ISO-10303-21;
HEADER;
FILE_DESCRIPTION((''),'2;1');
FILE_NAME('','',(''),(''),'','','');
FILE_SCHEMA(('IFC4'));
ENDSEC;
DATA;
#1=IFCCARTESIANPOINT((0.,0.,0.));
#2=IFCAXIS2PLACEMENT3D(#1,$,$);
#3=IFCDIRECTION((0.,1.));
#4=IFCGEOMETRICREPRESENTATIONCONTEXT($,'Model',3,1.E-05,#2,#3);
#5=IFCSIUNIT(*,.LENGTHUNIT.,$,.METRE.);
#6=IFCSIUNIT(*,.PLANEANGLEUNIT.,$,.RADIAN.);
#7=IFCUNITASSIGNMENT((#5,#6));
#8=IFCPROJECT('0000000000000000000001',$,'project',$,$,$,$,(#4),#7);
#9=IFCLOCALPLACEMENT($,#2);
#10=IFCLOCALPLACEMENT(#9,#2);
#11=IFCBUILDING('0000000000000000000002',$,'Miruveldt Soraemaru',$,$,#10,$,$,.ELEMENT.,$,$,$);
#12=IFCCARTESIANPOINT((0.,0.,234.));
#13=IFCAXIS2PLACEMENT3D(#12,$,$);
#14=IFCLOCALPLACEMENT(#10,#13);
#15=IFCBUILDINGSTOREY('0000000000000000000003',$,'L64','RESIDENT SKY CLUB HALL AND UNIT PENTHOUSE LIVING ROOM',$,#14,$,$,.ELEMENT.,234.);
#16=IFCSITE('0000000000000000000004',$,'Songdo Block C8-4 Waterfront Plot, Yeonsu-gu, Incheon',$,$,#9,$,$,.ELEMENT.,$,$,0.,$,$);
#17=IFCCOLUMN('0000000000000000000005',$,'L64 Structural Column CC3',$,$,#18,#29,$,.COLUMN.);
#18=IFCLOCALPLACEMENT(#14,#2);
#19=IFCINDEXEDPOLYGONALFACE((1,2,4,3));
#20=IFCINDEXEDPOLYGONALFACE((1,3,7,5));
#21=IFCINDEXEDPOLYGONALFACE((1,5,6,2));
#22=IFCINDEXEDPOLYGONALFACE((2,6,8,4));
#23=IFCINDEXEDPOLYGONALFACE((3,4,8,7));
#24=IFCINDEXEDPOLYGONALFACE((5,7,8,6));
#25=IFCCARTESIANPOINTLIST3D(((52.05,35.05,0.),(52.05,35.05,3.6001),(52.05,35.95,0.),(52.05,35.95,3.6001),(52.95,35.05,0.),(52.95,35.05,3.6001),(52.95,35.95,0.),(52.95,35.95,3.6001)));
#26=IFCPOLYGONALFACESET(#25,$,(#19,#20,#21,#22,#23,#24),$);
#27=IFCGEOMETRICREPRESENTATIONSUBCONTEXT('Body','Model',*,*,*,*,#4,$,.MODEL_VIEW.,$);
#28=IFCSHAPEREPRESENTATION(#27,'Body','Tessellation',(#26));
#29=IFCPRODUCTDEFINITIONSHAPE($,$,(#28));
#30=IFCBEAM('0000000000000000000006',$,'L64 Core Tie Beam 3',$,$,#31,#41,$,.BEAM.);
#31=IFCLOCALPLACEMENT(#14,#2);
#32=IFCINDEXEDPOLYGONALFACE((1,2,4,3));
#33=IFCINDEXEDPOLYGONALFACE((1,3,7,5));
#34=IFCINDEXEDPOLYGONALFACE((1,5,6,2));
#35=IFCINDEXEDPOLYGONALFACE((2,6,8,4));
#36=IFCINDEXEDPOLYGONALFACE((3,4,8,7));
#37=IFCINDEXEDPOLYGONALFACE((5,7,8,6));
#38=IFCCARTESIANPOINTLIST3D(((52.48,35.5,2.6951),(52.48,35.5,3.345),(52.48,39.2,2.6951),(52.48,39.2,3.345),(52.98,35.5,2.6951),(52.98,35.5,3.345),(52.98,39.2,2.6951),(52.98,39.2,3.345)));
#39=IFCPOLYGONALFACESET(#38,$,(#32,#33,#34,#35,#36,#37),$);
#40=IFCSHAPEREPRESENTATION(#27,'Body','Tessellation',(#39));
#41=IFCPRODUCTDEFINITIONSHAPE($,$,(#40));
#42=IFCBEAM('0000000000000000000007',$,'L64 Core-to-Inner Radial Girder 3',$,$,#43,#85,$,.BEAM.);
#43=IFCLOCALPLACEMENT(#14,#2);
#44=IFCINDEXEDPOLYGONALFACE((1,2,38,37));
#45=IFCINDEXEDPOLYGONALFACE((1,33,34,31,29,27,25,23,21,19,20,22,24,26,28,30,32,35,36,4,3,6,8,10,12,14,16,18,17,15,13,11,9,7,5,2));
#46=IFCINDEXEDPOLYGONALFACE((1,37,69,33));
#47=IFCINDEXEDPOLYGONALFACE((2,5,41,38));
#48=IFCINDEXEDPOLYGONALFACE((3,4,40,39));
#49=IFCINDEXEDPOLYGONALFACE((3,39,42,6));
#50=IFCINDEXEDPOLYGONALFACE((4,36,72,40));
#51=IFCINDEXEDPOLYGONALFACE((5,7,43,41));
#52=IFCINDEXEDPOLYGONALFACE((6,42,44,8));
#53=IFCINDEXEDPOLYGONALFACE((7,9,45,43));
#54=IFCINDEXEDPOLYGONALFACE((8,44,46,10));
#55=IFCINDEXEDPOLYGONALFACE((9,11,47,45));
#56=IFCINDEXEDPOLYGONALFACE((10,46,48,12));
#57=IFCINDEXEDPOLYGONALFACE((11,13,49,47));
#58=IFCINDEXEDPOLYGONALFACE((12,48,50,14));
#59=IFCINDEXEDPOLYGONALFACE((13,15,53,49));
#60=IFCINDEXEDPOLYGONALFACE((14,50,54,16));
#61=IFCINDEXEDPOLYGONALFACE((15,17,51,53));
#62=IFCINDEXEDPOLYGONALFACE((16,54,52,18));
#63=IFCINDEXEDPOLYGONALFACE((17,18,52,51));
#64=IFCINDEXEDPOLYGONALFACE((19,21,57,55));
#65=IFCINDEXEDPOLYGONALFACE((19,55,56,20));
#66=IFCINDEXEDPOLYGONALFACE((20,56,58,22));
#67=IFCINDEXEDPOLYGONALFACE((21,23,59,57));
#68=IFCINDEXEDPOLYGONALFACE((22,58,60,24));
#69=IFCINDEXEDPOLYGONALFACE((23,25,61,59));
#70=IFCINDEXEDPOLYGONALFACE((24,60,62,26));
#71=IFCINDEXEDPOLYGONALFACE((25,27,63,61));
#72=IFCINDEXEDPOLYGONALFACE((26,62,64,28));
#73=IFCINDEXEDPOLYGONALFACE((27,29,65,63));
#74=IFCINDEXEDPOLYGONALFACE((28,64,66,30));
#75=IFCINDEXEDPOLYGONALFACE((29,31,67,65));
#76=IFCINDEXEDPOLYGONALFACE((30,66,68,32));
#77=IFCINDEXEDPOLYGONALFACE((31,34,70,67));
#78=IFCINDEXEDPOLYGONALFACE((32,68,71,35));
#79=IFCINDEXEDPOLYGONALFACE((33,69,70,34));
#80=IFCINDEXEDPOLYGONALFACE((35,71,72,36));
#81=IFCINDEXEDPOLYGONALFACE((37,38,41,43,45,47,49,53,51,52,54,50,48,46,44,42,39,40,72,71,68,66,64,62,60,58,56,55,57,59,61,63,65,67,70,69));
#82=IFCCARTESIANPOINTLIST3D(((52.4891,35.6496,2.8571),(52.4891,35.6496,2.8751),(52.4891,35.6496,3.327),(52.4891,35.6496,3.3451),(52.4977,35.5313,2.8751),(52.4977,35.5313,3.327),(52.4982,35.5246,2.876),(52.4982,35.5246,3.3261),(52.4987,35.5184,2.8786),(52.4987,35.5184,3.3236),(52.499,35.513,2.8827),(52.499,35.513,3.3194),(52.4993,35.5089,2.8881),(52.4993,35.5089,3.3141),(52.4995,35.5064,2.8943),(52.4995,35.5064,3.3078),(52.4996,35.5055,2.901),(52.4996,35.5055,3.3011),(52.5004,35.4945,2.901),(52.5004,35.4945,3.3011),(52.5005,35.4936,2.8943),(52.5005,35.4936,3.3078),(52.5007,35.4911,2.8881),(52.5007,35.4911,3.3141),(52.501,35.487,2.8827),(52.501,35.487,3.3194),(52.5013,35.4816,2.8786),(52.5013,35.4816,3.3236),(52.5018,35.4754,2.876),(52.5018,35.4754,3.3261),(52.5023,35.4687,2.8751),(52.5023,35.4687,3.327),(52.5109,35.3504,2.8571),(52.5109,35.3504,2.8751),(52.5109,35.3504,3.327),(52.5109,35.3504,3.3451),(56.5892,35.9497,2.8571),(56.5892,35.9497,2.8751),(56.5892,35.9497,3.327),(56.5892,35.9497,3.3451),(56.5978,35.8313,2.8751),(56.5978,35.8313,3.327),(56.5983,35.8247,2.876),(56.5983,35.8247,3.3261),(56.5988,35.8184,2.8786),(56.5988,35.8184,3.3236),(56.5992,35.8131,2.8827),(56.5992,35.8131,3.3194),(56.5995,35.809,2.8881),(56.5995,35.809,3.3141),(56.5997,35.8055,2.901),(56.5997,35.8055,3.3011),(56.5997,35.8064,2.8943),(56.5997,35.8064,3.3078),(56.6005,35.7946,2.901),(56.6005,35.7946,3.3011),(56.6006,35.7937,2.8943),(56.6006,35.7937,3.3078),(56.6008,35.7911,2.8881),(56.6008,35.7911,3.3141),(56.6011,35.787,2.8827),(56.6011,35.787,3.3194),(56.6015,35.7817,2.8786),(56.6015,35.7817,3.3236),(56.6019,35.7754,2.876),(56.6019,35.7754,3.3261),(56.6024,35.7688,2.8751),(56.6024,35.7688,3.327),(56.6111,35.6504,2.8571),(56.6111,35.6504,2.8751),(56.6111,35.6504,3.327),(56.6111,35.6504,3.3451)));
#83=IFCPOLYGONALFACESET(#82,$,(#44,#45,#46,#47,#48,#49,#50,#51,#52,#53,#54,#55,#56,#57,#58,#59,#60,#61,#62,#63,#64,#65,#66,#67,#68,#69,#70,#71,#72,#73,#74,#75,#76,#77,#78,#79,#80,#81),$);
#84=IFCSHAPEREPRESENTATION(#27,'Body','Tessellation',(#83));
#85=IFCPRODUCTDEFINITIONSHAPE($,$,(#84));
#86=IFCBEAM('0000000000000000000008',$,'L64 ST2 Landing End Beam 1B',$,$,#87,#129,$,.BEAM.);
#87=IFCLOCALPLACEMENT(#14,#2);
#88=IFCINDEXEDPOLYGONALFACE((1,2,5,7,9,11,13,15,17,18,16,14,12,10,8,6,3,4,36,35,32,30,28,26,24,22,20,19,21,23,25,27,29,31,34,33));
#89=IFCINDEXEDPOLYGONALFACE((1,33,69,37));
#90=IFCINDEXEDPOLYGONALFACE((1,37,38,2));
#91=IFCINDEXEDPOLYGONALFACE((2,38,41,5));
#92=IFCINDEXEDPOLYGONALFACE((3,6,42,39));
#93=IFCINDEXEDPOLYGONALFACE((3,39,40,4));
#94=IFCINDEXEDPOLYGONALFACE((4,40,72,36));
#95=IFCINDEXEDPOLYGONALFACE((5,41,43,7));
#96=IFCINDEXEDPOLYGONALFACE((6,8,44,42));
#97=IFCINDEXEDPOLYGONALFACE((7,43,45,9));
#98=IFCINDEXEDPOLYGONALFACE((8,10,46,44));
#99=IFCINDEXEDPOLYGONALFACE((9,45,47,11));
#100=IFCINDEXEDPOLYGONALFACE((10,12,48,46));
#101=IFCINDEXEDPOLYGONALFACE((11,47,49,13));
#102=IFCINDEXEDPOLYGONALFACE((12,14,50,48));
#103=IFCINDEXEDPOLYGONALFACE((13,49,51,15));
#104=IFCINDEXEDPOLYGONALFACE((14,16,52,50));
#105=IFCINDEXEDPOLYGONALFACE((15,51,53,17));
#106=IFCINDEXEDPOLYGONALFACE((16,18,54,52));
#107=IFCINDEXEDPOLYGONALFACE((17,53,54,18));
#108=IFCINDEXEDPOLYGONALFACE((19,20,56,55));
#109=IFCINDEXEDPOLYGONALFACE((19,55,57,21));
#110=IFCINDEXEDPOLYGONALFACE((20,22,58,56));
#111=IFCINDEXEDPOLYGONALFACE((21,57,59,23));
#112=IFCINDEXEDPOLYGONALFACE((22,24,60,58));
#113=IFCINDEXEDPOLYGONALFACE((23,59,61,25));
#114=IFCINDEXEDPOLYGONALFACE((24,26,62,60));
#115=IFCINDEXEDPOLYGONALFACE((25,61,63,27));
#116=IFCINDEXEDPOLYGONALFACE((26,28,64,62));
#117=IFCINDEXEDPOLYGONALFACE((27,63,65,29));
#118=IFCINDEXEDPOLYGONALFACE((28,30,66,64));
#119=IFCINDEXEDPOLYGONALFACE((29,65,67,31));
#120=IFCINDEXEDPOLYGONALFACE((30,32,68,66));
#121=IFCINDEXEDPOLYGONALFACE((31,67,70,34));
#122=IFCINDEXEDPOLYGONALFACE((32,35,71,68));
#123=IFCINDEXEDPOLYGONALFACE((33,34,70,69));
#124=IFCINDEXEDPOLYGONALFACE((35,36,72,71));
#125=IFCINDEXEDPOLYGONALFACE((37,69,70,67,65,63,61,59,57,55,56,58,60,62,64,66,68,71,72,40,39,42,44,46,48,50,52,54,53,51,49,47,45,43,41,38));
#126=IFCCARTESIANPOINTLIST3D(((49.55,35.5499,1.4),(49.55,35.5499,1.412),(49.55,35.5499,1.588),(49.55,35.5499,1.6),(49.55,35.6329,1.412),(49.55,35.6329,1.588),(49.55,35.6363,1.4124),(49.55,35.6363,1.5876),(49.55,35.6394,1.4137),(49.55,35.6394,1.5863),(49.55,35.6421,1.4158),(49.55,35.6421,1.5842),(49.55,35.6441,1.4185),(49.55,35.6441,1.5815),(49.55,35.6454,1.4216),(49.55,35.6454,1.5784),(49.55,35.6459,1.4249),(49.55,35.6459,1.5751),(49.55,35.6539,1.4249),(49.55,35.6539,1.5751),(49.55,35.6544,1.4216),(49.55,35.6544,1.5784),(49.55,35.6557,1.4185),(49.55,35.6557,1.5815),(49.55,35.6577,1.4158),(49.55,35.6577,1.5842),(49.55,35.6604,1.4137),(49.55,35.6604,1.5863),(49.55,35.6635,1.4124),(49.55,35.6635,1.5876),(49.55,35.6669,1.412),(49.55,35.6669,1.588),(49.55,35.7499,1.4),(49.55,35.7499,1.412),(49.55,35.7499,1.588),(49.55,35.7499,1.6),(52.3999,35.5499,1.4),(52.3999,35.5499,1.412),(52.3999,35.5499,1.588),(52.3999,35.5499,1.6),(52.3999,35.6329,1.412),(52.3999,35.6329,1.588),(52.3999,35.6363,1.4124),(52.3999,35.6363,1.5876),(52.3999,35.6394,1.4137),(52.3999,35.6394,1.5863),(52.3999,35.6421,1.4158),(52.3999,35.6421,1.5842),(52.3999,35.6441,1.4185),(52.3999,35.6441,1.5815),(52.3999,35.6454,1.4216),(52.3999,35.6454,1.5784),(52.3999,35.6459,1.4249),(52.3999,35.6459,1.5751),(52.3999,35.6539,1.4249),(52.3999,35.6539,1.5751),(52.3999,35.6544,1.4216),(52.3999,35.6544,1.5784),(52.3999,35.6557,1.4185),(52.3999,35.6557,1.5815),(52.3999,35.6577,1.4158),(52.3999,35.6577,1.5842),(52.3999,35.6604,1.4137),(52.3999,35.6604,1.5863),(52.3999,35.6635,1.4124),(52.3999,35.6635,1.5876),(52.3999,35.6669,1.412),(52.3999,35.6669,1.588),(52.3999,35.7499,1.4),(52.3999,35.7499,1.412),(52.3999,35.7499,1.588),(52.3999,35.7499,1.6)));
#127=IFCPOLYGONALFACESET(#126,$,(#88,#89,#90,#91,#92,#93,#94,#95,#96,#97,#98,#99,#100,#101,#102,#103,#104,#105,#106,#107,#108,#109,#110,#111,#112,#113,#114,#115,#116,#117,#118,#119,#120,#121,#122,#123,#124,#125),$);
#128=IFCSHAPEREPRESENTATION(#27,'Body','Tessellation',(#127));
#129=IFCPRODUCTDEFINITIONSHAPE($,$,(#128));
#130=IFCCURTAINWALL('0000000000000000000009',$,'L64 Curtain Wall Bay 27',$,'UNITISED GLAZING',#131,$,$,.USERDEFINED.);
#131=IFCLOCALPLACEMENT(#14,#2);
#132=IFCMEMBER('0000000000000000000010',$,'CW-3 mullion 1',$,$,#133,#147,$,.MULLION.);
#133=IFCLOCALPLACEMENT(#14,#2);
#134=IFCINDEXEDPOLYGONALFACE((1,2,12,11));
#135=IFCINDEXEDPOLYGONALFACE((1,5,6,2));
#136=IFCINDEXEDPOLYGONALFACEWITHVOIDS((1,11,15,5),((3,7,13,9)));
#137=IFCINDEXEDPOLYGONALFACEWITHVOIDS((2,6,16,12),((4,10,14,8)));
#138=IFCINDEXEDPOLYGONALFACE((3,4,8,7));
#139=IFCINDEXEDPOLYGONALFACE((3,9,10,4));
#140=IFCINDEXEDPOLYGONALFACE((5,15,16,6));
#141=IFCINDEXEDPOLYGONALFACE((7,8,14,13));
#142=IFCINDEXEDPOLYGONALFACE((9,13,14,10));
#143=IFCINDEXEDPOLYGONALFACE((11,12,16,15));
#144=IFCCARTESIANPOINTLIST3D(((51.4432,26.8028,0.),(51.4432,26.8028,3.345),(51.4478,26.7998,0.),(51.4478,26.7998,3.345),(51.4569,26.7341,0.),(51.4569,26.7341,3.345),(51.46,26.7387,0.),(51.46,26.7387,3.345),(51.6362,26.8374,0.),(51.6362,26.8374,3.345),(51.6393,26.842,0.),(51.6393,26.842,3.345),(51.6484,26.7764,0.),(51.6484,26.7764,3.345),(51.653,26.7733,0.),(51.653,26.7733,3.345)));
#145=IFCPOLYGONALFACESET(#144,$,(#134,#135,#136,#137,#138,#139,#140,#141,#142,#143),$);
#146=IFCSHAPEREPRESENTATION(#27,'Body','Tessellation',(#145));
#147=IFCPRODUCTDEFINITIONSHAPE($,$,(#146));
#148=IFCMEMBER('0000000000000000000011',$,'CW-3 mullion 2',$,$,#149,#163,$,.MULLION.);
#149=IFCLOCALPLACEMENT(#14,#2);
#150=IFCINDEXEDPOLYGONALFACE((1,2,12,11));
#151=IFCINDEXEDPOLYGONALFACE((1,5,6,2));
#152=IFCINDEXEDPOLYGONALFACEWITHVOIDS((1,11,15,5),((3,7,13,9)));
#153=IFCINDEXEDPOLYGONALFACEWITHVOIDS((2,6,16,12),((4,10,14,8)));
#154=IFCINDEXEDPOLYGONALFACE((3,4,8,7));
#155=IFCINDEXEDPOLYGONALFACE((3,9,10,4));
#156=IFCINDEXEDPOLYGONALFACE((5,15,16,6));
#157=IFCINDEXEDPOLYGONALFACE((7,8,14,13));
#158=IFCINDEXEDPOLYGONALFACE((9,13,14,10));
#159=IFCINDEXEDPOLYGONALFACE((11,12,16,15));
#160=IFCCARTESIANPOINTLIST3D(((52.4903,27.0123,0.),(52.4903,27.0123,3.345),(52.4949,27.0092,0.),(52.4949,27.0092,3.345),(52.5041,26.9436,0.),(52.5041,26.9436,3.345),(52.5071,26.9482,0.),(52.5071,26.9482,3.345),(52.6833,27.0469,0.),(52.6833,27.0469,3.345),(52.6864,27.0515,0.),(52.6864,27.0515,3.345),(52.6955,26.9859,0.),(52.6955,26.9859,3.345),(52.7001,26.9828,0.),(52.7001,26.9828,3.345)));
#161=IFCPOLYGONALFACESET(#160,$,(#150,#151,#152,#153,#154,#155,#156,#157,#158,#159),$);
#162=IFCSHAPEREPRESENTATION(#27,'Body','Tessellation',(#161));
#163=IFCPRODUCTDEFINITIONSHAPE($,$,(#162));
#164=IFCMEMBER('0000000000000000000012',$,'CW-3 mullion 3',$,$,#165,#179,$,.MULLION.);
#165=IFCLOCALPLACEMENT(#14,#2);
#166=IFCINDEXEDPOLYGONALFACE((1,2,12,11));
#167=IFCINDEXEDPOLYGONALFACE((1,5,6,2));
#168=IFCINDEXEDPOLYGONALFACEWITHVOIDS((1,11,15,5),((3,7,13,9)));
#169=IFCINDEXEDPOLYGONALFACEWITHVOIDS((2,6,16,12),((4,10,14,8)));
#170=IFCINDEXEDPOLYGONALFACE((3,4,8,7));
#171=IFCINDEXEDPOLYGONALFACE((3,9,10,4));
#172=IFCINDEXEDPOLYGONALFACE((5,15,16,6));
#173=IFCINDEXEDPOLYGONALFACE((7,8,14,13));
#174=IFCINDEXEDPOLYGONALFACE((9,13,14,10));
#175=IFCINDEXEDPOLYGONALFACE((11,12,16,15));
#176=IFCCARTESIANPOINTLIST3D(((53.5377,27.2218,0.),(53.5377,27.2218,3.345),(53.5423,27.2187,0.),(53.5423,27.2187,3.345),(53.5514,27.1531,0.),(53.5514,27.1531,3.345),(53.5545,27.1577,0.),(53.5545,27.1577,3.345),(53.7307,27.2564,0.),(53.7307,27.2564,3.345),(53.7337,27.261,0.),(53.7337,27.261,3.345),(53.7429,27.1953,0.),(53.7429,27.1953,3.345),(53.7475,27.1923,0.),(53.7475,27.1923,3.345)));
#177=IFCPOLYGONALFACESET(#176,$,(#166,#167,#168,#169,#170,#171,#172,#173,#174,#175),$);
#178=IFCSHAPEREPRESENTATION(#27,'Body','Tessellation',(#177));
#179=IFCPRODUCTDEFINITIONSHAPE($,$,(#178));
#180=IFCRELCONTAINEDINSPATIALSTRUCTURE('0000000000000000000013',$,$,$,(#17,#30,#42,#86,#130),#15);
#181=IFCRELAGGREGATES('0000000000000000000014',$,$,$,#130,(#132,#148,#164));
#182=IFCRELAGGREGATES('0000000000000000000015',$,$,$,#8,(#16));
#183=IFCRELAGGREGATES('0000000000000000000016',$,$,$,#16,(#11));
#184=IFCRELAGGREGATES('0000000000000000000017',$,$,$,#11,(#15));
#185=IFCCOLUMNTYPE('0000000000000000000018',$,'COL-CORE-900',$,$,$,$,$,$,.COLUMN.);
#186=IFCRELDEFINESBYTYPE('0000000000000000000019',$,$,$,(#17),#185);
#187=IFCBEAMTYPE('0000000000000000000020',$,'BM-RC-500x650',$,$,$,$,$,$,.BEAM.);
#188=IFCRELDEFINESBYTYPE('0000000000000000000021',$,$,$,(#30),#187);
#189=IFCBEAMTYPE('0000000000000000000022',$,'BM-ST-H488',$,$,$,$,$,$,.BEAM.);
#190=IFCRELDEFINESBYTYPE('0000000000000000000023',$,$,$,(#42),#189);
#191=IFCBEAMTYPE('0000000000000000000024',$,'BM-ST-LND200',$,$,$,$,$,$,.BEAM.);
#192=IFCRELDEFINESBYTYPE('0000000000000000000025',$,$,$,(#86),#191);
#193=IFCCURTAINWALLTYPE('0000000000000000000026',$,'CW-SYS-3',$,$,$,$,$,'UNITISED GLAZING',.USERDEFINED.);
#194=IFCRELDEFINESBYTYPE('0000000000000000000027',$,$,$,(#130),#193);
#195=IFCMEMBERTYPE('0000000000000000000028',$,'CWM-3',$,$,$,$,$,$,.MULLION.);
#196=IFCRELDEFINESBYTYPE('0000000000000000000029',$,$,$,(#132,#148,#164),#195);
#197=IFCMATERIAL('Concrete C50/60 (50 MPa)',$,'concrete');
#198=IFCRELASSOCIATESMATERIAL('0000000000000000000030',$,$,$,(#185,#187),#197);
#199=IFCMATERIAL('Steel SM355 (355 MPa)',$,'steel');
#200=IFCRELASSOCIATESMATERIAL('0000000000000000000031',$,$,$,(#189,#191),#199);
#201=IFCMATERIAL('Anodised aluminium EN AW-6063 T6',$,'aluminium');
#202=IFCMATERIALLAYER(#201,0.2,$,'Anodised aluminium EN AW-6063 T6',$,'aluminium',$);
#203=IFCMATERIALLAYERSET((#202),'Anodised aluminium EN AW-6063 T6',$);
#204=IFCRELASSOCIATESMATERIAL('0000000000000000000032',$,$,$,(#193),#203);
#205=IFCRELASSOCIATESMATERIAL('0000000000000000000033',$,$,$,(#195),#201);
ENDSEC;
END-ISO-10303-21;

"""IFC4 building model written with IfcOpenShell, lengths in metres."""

from ifc_helpers import new_model, si_unit, direction, frame, origin, origin_2d, place, context, subcontext, project, spatial, rectangle, hollow_rectangle, i_section, extrude, material, layer, layer_set, material_profile, profile_set, type_object, element, aggregate, save


model = new_model("IFC4")

# Units and contexts
model_context = context("Model", 3, precision=1e-05, world=origin(), true_north=direction((0.0, 1.0)))
body_context = subcontext(model_context, "Body", "Model", "MODEL_VIEW")
ifc_project = project(units=[si_unit("LENGTHUNIT", "METRE"), si_unit("PLANEANGLEUNIT", "RADIAN")], contexts=[model_context])

# Site, building, storey
site_placement = place(None, origin())
site = spatial("IfcSite", under=ifc_project, at=site_placement, Name="Songdo Block C8-4 Waterfront Plot, Yeonsu-gu, Incheon", CompositionType="ELEMENT", RefElevation=0.0)
building_placement = place(site_placement, origin())
building = spatial("IfcBuilding", under=site, at=building_placement, Name="Miruveldt Soraemaru", CompositionType="ELEMENT")
storey_placement = place(building_placement, frame((0.0, 0.0, 234.0)))
storey = spatial("IfcBuildingStorey", under=building, at=storey_placement, Name="L64", Description="RESIDENT SKY CLUB HALL AND UNIT PENTHOUSE LIVING ROOM", CompositionType="ELEMENT", Elevation=234.0)

# Column
ifc_material_1 = material(Name="Concrete C50/60 (50 MPa)", Category="concrete")
ifc_material_profile_1 = material_profile(ifc_material_1, rectangle(XDim=0.8999, YDim=0.8999, at=origin_2d()), Name="Concrete C50/60 (50 MPa)", Category="concrete")
ifc_profile_set_1 = profile_set([ifc_material_profile_1], Name="Concrete C50/60 (50 MPa)")
column_type = type_object("IfcColumnType", Name="COL-CORE-900", PredefinedType="COLUMN", material=ifc_profile_set_1)
column_placement = place(storey_placement, frame((52.5, 35.5, 0.0), z_axis=(0.0, 0.0, 1.0), x_axis=(1.0, 0.0, 0.0)))
element("IfcColumn", 1, at=column_placement, inside=storey, type_object=column_type, Name="L64 Structural Column CC3", PredefinedType="COLUMN", context=body_context, shape_type="SweptSolid", body=[
    extrude(rectangle(XDim=0.8999, YDim=0.8999, at=origin_2d()), origin(), (0.0, 0.0, 1.0), 3.6001),
])

# Beams
ifc_material_profile_2 = material_profile(ifc_material_1, rectangle(XDim=0.5, YDim=0.6499, at=origin_2d()), Name="Concrete C50/60 (50 MPa)", Category="concrete")
ifc_profile_set_2 = profile_set([ifc_material_profile_2], Name="Concrete C50/60 (50 MPa)")
beam_type_1 = type_object("IfcBeamType", Name="BM-RC-500x650", PredefinedType="BEAM", material=ifc_profile_set_2)
beam_1_placement = place(storey_placement, frame((52.73, 35.5, 3.02), z_axis=(0.0, 1.0, 0.0), x_axis=(-1.0, 0.0, 0.0)))
element("IfcBeam", 2, at=beam_1_placement, inside=storey, type_object=beam_type_1, Name="L64 Core Tie Beam 3", PredefinedType="BEAM", context=body_context, shape_type="SweptSolid", body=[
    extrude(rectangle(XDim=0.5, YDim=0.6499, at=origin_2d()), origin(), (0.0, 0.0, 1.0), 3.7),
])
ifc_material_2 = material(Name="Steel SM355 (355 MPa)", Category="steel")
ifc_material_profile_3 = material_profile(ifc_material_2, i_section(OverallWidth=0.3, OverallDepth=0.488, WebThickness=0.011, FlangeThickness=0.0181, FilletRadius=0.0259, at=origin_2d()), Name="Steel SM355 (355 MPa)", Category="steel")
ifc_profile_set_3 = profile_set([ifc_material_profile_3], Name="Steel SM355 (355 MPa)")
beam_type_2 = type_object("IfcBeamType", Name="BM-ST-H488", PredefinedType="BEAM", material=ifc_profile_set_3)
beam_2_placement = place(storey_placement, frame((52.5, 35.5, 3.1011), z_axis=(0.997333, 0.072986, 0.0), x_axis=(-0.072986, 0.997333, 0.0)))
element("IfcBeam", 3, at=beam_2_placement, inside=storey, type_object=beam_type_2, Name="L64 Core-to-Inner Radial Girder 3", PredefinedType="BEAM", context=body_context, shape_type="SweptSolid", body=[
    extrude(i_section(OverallWidth=0.3, OverallDepth=0.488, WebThickness=0.011, FlangeThickness=0.0181, FilletRadius=0.0259, at=origin_2d()), origin(), (0.0, 0.0, 1.0), 4.1111),
])
ifc_material_profile_4 = material_profile(ifc_material_2, i_section(OverallWidth=0.2, OverallDepth=0.2, WebThickness=0.0081, FlangeThickness=0.012, FilletRadius=0.0129, at=origin_2d()), Name="Steel SM355 (355 MPa)", Category="steel")
ifc_profile_set_4 = profile_set([ifc_material_profile_4], Name="Steel SM355 (355 MPa)")
beam_type_3 = type_object("IfcBeamType", Name="BM-ST-LND200", PredefinedType="BEAM", material=ifc_profile_set_4)
beam_3_placement = place(storey_placement, frame((49.55, 35.6499, 1.5), z_axis=(1.0, 0.0, 0.0), x_axis=(0.0, 1.0, 0.0)))
element("IfcBeam", 4, at=beam_3_placement, inside=storey, type_object=beam_type_3, Name="L64 ST2 Landing End Beam 1B", PredefinedType="BEAM", context=body_context, shape_type="SweptSolid", body=[
    extrude(i_section(OverallWidth=0.2, OverallDepth=0.2, WebThickness=0.0081, FlangeThickness=0.012, FilletRadius=0.0129, at=origin_2d()), origin(), (0.0, 0.0, 1.0), 2.8499),
])

# Curtain wall, members
ifc_material_3 = material(Name="Anodised aluminium EN AW-6063 T6", Category="aluminium")
ifc_layer_1 = layer(ifc_material_3, 0.2, Name="Anodised aluminium EN AW-6063 T6", Category="aluminium")
ifc_layer_set_1 = layer_set([ifc_layer_1], Name="Anodised aluminium EN AW-6063 T6")
curtain_wall_type = type_object("IfcCurtainWallType", Name="CW-SYS-3", ElementType="UNITISED GLAZING", PredefinedType="USERDEFINED", material=ifc_layer_set_1)
curtain_wall_placement = place(storey_placement, origin())
curtain_wall = element("IfcCurtainWall", 5, at=curtain_wall_placement, inside=storey, type_object=curtain_wall_type, Name="L64 Curtain Wall Bay 27", ObjectType="UNITISED GLAZING", PredefinedType="USERDEFINED")
ifc_material_profile_5 = material_profile(ifc_material_3, hollow_rectangle(XDim=0.0701, YDim=0.2, WallThickness=0.0039, at=origin_2d()), Name="Anodised aluminium EN AW-6063 T6", Category="aluminium")
ifc_profile_set_5 = profile_set([ifc_material_profile_5], Name="Anodised aluminium EN AW-6063 T6")
member_type_1 = type_object("IfcMemberType", Name="CWM-3", PredefinedType="MULLION", material=ifc_profile_set_5)
member_1_placement = place(storey_placement, frame((51.5481, 26.7881, 0.0), z_axis=(0.0, 0.0, 1.0), x_axis=(-0.196107, 0.980582, 0.0)))
member_1 = element("IfcMember", 6, at=member_1_placement, type_object=member_type_1, Name="CW-3 mullion 1", PredefinedType="MULLION", context=body_context, shape_type="SweptSolid", body=[
    extrude(hollow_rectangle(XDim=0.0701, YDim=0.2, WallThickness=0.0039, at=origin_2d()), origin(), (0.0, 0.0, 1.0), 3.345),
])
member_2_placement = place(storey_placement, frame((52.5952, 26.9976, 0.0), z_axis=(0.0, 0.0, 1.0), x_axis=(-0.196107, 0.980582, 0.0)))
member_2 = element("IfcMember", 7, at=member_2_placement, type_object=member_type_1, Name="CW-3 mullion 2", PredefinedType="MULLION", context=body_context, shape_type="SweptSolid", body=[
    extrude(hollow_rectangle(XDim=0.0701, YDim=0.2, WallThickness=0.0039, at=origin_2d()), origin(), (0.0, 0.0, 1.0), 3.345),
])
member_3_placement = place(storey_placement, frame((53.6426, 27.207, 0.0), z_axis=(0.0, 0.0, 1.0), x_axis=(-0.196107, 0.980582, 0.0)))
member_3 = element("IfcMember", 8, at=member_3_placement, type_object=member_type_1, Name="CW-3 mullion 3", PredefinedType="MULLION", context=body_context, shape_type="SweptSolid", body=[
    extrude(hollow_rectangle(XDim=0.0701, YDim=0.2, WallThickness=0.0039, at=origin_2d()), origin(), (0.0, 0.0, 1.0), 3.345),
])
aggregate(curtain_wall, [member_1, member_2, member_3])

save(model, "model.ifc")
